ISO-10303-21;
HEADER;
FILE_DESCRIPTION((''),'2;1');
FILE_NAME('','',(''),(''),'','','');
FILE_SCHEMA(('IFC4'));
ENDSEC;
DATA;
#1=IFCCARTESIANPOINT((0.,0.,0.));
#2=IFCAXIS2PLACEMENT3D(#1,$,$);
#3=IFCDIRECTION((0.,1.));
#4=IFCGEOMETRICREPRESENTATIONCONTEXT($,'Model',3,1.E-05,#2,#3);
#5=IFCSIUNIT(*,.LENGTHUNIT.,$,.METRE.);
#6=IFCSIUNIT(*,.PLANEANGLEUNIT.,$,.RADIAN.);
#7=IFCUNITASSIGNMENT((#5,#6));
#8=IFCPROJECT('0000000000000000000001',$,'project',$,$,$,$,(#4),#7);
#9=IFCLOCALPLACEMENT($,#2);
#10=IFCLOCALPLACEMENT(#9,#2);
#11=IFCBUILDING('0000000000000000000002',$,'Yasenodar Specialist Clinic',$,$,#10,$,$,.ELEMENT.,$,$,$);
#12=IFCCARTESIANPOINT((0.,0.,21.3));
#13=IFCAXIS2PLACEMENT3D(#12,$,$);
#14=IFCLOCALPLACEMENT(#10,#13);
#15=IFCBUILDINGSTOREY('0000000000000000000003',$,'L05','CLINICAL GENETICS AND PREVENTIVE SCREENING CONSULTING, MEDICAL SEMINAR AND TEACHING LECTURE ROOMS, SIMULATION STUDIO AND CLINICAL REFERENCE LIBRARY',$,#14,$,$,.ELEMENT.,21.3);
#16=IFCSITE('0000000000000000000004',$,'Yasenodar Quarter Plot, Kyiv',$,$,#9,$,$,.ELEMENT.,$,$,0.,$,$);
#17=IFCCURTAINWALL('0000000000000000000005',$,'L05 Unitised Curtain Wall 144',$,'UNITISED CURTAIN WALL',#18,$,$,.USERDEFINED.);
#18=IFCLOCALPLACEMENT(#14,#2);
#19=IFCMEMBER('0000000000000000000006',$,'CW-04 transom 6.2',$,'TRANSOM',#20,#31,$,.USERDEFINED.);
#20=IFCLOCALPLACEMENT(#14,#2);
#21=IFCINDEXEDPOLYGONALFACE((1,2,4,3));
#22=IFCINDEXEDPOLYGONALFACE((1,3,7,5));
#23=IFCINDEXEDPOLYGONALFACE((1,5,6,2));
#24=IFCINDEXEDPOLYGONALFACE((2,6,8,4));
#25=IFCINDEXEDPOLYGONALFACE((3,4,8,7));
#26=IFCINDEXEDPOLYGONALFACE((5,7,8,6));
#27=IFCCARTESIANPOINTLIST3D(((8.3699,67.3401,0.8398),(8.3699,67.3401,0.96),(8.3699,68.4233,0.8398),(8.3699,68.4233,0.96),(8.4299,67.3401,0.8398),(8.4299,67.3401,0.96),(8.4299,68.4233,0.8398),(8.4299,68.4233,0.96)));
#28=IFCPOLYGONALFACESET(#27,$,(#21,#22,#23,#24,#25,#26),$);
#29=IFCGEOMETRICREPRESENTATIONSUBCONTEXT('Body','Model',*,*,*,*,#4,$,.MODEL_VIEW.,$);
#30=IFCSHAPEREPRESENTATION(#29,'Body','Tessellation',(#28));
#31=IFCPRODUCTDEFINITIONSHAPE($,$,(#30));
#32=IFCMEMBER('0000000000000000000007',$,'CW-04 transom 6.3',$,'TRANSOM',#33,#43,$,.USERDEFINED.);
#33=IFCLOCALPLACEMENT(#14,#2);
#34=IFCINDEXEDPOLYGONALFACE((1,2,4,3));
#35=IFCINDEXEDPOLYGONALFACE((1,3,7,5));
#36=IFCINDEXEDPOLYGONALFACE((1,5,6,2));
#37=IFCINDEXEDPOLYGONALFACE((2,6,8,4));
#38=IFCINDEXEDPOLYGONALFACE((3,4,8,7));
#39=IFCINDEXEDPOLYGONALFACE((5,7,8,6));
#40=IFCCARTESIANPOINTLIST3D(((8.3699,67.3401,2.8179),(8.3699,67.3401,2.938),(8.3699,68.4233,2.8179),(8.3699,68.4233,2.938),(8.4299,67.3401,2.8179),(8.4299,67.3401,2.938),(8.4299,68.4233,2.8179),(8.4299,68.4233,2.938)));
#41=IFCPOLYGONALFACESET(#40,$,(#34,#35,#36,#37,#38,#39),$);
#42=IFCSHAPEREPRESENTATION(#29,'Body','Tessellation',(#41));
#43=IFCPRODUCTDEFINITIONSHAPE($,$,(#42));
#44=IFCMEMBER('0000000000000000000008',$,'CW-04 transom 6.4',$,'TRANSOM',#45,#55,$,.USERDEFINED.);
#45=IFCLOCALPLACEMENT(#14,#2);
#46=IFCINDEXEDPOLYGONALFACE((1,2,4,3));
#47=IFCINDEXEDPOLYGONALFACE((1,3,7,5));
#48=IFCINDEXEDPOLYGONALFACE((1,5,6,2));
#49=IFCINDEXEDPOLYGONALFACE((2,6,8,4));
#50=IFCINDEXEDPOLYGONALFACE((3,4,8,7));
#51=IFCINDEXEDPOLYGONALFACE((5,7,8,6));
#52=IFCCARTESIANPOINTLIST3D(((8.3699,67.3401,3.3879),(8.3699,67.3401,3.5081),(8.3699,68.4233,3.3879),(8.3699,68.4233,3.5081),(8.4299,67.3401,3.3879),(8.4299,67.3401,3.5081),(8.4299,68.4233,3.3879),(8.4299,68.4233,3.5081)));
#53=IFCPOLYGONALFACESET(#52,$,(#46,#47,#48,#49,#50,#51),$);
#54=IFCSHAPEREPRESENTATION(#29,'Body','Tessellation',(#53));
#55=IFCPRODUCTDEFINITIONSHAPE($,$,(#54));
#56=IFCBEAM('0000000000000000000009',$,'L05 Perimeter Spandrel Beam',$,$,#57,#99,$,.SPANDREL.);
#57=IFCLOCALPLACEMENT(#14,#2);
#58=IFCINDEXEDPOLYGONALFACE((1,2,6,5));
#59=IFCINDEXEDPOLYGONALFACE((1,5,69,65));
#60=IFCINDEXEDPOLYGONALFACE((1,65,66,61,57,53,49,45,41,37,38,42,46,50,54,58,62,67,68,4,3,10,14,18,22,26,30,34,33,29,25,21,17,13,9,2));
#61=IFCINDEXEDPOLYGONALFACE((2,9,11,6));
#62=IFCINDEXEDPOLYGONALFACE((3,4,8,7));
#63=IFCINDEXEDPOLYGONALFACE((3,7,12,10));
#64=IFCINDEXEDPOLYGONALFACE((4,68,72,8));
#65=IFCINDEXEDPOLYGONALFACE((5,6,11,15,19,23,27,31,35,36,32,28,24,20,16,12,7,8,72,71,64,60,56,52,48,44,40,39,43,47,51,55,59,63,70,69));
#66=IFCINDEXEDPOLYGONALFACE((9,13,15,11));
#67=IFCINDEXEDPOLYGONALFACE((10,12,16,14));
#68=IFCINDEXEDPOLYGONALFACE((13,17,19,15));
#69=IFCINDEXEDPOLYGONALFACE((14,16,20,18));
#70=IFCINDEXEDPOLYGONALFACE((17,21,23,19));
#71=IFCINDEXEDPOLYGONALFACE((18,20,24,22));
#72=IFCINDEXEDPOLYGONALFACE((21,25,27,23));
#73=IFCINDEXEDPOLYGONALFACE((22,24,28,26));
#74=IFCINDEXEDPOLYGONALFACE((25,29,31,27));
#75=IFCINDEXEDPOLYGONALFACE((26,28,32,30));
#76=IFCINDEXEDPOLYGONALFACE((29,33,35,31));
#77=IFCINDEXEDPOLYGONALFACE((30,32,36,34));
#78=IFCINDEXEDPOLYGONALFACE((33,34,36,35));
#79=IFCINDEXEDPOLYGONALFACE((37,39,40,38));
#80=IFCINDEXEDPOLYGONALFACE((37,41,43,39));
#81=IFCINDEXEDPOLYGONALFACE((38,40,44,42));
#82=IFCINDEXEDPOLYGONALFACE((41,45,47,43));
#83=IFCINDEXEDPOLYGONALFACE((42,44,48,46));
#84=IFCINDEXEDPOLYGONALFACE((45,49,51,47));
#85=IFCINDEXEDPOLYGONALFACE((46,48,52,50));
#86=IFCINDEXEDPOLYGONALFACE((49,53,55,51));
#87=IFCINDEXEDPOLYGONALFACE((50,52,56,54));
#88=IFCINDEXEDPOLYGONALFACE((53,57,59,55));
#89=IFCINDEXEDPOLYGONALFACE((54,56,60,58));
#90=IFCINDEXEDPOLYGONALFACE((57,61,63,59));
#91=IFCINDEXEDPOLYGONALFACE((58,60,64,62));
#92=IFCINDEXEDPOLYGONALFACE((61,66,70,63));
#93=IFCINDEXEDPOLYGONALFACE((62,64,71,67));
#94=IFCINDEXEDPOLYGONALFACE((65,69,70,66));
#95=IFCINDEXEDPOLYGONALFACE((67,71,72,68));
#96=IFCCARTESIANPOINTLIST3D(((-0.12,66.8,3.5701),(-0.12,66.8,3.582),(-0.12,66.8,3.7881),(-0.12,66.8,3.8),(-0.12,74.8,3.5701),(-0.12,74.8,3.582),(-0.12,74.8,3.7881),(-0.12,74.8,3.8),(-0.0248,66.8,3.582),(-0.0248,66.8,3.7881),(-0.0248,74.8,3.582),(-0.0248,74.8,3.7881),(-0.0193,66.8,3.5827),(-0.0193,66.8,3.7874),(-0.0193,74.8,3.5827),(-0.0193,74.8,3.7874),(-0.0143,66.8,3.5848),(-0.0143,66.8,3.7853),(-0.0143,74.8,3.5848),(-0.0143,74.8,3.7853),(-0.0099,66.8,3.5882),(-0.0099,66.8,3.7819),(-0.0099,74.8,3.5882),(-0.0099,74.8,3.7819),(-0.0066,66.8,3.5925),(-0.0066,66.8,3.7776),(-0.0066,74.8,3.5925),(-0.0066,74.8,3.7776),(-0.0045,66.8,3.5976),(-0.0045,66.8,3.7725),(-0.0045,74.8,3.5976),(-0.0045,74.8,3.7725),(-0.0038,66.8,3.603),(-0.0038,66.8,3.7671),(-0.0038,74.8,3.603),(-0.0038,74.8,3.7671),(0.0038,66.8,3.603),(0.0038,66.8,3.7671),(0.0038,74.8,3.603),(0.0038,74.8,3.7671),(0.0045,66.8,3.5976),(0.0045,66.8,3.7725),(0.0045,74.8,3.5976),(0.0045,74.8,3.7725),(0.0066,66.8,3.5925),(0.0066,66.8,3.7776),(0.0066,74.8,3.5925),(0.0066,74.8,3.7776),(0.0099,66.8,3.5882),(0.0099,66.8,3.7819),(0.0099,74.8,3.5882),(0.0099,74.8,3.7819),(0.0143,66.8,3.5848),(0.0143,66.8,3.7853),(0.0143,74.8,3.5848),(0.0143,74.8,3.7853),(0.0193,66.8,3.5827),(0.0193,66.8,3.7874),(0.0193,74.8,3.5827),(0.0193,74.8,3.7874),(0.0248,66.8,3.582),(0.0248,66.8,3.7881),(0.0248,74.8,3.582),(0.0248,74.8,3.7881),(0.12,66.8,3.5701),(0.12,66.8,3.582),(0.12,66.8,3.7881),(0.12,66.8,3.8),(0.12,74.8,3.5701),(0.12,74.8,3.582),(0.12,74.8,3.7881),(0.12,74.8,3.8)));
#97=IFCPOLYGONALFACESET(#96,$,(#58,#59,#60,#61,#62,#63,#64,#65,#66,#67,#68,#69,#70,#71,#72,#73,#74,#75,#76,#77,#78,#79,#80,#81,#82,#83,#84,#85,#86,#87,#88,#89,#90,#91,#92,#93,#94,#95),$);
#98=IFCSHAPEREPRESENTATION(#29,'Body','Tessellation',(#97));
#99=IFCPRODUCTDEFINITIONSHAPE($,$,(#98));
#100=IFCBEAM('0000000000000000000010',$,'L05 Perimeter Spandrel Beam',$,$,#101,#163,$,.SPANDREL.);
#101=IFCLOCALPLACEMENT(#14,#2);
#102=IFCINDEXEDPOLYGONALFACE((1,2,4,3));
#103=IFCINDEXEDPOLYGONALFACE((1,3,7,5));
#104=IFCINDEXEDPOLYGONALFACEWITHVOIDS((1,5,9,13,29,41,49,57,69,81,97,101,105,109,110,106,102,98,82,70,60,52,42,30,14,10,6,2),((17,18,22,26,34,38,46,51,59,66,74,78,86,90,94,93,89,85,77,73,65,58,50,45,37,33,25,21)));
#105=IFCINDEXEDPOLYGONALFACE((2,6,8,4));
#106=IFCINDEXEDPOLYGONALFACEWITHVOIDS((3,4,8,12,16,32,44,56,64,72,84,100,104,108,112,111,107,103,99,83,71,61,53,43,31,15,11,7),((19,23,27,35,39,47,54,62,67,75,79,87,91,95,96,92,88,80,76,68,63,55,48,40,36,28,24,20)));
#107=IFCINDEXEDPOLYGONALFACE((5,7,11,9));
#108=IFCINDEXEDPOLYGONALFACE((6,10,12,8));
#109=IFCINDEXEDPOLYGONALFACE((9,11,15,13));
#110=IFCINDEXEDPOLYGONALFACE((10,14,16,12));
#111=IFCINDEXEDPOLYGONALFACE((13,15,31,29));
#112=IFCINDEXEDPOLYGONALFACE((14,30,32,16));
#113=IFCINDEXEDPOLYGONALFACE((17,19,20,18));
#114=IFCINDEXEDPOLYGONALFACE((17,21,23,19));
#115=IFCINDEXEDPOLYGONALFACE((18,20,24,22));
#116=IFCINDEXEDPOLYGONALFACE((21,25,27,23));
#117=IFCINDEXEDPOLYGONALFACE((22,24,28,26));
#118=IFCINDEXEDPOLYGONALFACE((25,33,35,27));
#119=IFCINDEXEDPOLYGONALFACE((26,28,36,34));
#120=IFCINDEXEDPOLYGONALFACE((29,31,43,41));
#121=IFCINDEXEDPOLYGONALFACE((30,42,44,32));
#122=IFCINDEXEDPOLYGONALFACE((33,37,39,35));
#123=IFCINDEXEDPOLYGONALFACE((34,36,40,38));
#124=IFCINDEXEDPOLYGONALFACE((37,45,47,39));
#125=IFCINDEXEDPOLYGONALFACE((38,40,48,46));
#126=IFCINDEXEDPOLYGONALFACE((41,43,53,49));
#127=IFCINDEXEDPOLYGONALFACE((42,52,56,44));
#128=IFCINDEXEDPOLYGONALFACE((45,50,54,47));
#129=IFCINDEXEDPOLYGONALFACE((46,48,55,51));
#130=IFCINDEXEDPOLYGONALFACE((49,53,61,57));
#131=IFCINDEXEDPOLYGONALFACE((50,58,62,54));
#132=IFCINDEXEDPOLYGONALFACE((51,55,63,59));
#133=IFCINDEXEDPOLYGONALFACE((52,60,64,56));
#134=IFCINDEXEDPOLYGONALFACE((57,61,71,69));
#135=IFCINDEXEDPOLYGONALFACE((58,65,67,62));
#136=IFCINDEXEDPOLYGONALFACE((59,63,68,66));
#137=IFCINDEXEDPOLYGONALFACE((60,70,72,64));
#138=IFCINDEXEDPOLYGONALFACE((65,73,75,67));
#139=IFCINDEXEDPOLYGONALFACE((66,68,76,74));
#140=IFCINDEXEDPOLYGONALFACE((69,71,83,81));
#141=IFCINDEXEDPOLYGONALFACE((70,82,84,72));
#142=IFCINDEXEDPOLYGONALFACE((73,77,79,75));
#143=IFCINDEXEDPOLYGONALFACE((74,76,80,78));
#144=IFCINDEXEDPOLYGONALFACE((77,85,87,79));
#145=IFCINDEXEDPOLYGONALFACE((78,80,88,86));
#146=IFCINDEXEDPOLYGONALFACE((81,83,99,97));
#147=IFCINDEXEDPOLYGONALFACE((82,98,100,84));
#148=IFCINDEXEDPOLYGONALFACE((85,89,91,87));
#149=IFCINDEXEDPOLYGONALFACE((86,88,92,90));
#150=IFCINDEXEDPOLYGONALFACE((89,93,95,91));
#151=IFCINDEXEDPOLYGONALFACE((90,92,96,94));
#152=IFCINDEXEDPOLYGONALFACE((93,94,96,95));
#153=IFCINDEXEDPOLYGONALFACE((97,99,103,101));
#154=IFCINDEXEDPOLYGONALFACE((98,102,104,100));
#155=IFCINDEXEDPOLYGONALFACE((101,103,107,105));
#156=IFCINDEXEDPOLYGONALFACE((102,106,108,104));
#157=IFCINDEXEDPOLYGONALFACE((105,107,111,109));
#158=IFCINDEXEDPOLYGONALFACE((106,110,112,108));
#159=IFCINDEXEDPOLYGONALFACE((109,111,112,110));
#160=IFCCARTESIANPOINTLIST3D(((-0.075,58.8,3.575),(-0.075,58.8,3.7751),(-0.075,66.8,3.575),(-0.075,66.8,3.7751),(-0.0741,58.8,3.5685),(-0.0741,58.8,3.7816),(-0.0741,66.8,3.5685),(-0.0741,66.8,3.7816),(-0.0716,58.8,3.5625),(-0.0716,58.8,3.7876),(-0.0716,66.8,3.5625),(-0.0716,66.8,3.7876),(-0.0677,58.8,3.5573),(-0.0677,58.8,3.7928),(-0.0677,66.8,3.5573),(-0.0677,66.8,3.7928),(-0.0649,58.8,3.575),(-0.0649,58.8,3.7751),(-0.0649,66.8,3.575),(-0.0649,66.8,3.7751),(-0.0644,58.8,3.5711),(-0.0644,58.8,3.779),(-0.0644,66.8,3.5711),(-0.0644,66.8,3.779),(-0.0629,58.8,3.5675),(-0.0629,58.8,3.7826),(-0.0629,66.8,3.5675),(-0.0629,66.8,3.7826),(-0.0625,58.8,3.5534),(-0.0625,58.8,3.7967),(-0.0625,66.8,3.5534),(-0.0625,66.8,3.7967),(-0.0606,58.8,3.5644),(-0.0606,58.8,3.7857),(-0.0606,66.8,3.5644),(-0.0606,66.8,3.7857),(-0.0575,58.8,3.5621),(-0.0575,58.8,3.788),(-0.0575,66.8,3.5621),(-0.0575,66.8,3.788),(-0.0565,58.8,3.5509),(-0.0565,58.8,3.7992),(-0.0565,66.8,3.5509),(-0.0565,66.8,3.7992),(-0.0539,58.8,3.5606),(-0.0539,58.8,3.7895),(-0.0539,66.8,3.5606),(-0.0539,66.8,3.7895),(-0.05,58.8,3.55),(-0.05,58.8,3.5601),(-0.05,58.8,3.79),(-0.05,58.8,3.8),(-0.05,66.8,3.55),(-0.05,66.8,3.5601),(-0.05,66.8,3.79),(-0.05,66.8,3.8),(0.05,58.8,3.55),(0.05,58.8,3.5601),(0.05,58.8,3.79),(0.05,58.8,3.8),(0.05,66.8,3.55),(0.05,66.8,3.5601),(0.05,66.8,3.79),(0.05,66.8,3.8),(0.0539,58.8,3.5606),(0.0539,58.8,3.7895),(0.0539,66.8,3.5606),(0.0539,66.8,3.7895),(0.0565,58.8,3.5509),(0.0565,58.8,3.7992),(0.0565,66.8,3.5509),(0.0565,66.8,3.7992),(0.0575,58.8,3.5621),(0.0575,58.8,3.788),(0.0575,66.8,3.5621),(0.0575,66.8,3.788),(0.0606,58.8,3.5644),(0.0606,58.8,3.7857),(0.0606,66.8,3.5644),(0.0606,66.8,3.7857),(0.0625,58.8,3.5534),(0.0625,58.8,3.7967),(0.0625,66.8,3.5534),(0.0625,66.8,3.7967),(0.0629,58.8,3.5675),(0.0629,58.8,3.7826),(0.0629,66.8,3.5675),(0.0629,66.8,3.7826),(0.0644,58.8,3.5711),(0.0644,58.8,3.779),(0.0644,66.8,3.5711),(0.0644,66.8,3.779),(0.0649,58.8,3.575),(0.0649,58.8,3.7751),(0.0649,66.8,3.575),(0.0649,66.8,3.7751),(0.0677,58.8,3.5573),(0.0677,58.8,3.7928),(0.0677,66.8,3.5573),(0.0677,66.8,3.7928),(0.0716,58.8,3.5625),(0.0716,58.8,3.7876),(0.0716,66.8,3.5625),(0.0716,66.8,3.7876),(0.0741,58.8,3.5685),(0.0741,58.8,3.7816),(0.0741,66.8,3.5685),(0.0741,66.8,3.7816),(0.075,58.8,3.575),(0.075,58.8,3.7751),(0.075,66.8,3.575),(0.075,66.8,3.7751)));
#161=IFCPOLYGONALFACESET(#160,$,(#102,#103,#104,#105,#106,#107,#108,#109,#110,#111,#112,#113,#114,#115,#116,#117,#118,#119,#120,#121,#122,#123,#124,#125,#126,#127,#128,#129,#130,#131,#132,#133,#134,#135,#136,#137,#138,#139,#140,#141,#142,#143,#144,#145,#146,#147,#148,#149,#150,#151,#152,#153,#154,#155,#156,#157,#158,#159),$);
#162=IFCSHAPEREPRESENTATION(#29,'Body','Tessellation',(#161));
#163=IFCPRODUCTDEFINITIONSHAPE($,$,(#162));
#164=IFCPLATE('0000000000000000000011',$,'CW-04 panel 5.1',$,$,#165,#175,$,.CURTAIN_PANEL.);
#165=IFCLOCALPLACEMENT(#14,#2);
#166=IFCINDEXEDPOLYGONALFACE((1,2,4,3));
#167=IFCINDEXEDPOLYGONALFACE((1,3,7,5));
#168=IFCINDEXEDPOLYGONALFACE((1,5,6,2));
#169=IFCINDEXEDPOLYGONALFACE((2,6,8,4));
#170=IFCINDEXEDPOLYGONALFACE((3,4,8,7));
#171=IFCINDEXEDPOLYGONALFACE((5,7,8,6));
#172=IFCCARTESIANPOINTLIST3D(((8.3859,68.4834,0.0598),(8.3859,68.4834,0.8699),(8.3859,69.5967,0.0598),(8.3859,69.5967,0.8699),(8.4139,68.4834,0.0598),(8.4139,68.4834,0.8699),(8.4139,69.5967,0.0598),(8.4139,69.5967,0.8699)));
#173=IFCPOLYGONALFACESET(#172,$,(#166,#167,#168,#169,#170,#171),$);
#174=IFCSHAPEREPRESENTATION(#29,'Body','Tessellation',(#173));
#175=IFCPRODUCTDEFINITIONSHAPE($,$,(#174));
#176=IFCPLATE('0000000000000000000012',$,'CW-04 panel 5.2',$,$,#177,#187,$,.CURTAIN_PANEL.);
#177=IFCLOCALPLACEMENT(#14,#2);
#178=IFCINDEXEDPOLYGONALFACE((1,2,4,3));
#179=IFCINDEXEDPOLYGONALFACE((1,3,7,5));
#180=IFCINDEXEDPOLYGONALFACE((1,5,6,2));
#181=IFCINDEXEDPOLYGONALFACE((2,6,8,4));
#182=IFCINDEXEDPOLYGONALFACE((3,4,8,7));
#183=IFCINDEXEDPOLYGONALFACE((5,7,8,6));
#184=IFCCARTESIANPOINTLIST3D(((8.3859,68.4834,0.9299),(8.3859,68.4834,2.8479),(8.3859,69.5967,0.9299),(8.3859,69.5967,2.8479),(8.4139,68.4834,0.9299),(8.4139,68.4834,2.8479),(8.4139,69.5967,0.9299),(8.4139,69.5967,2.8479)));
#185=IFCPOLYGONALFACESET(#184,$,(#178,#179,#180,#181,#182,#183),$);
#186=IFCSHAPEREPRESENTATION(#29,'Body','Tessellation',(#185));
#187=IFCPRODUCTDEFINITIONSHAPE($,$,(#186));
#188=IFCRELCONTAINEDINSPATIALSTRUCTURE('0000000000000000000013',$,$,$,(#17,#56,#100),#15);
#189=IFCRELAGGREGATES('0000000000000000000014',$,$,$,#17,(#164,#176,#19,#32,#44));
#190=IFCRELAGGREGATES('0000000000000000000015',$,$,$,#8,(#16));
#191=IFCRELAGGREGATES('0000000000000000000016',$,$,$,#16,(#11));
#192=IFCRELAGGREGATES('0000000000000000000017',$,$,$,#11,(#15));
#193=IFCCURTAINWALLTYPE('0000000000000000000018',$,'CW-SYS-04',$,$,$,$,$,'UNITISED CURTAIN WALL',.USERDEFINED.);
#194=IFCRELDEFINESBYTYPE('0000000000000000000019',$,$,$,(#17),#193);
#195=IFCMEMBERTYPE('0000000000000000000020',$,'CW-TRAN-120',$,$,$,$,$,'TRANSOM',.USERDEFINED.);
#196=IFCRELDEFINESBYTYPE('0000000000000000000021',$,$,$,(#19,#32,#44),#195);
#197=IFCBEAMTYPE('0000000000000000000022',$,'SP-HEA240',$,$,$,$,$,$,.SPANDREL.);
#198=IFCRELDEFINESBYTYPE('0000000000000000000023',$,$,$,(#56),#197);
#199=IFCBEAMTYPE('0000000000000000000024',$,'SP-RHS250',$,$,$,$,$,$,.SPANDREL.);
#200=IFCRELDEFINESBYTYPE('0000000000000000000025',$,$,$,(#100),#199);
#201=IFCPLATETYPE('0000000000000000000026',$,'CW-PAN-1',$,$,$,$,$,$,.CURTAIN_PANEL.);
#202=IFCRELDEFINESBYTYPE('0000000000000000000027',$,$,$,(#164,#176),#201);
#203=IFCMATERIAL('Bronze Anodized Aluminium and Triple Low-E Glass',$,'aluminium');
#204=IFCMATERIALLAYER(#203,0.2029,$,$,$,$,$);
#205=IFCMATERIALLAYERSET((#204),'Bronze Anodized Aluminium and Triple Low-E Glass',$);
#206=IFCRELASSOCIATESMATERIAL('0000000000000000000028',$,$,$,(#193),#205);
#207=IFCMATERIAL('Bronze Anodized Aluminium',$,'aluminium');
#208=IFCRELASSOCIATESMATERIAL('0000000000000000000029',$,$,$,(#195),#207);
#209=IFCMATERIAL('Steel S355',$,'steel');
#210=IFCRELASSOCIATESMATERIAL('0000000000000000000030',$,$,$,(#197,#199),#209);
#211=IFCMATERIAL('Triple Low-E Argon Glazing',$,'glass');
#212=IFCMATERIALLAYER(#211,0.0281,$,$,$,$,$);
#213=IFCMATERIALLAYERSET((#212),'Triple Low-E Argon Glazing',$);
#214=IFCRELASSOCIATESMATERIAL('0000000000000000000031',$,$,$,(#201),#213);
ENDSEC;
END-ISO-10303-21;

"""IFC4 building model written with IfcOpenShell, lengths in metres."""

from ifc_helpers import new_model, si_unit, direction, frame, origin, origin_2d, place, context, subcontext, project, spatial, rectangle, hollow_rectangle, i_section, extrude, material, layer, layer_set, material_profile, profile_set, type_object, element, aggregate, save


model = new_model("IFC4")

# Units and contexts
model_context = context("Model", 3, precision=1e-05, world=origin(), true_north=direction((0.0, 1.0)))
body_context = subcontext(model_context, "Body", "Model", "MODEL_VIEW")
ifc_project = project(units=[si_unit("LENGTHUNIT", "METRE"), si_unit("PLANEANGLEUNIT", "RADIAN")], contexts=[model_context])

# Site, building, storey
site_placement = place(None, origin())
site = spatial("IfcSite", under=ifc_project, at=site_placement, Name="Yasenodar Quarter Plot, Kyiv", CompositionType="ELEMENT", RefElevation=0.0)
building_placement = place(site_placement, origin())
building = spatial("IfcBuilding", under=site, at=building_placement, Name="Yasenodar Specialist Clinic", CompositionType="ELEMENT")
storey_placement = place(building_placement, frame((0.0, 0.0, 21.3)))
storey = spatial("IfcBuildingStorey", under=building, at=storey_placement, Name="L05", Description="CLINICAL GENETICS AND PREVENTIVE SCREENING CONSULTING, MEDICAL SEMINAR AND TEACHING LECTURE ROOMS, SIMULATION STUDIO AND CLINICAL REFERENCE LIBRARY", CompositionType="ELEMENT", Elevation=21.3)

# Shared definitions
ifc_material_1 = material(Name="Steel S355", Category="steel")

# Curtain wall, members
ifc_material_2 = material(Name="Bronze Anodized Aluminium and Triple Low-E Glass", Category="aluminium")
ifc_layer_1 = layer(ifc_material_2, 0.2029)
ifc_layer_set_1 = layer_set([ifc_layer_1], Name="Bronze Anodized Aluminium and Triple Low-E Glass")
curtain_wall_type = type_object("IfcCurtainWallType", Name="CW-SYS-04", ElementType="UNITISED CURTAIN WALL", PredefinedType="USERDEFINED", material=ifc_layer_set_1)
curtain_wall_placement = place(storey_placement, origin())
curtain_wall = element("IfcCurtainWall", 1, at=curtain_wall_placement, inside=storey, type_object=curtain_wall_type, Name="L05 Unitised Curtain Wall 144", ObjectType="UNITISED CURTAIN WALL", PredefinedType="USERDEFINED")
ifc_material_3 = material(Name="Bronze Anodized Aluminium", Category="aluminium")
ifc_material_profile_1 = material_profile(ifc_material_3, rectangle(XDim=0.0601, YDim=0.1201, at=origin_2d()), Name="CW-TRAN 60x120")
ifc_profile_set_1 = profile_set([ifc_material_profile_1], Name="Bronze Anodized Aluminium")
member_type_1 = type_object("IfcMemberType", Name="CW-TRAN-120", ElementType="TRANSOM", PredefinedType="USERDEFINED", material=ifc_profile_set_1)
member_1_placement = place(storey_placement, frame((8.3999, 68.4233, 0.8999), z_axis=(0.0, -1.0, 0.0), x_axis=(1.0, 0.0, 0.0)))
member_1 = element("IfcMember", 2, at=member_1_placement, type_object=member_type_1, Name="CW-04 transom 6.2", ObjectType="TRANSOM", PredefinedType="USERDEFINED", context=body_context, shape_type="SweptSolid", body=[
    extrude(rectangle(XDim=0.0601, YDim=0.1201, at=origin_2d()), origin(), (0.0, 0.0, 1.0), 1.0833),
])
member_2_placement = place(storey_placement, frame((8.3999, 68.4233, 2.8779), z_axis=(0.0, -1.0, 0.0), x_axis=(1.0, 0.0, 0.0)))
member_2 = element("IfcMember", 3, at=member_2_placement, type_object=member_type_1, Name="CW-04 transom 6.3", ObjectType="TRANSOM", PredefinedType="USERDEFINED", context=body_context, shape_type="SweptSolid", body=[
    extrude(rectangle(XDim=0.0601, YDim=0.1201, at=origin_2d()), origin(), (0.0, 0.0, 1.0), 1.0833),
])
member_3_placement = place(storey_placement, frame((8.3999, 68.4233, 3.448), z_axis=(0.0, -1.0, 0.0), x_axis=(1.0, 0.0, 0.0)))
member_3 = element("IfcMember", 4, at=member_3_placement, type_object=member_type_1, Name="CW-04 transom 6.4", ObjectType="TRANSOM", PredefinedType="USERDEFINED", context=body_context, shape_type="SweptSolid", body=[
    extrude(rectangle(XDim=0.0601, YDim=0.1201, at=origin_2d()), origin(), (0.0, 0.0, 1.0), 1.0833),
])

# Beams
ifc_material_profile_2 = material_profile(ifc_material_1, i_section(OverallWidth=0.24, OverallDepth=0.23, WebThickness=0.0076, FlangeThickness=0.012, FilletRadius=0.021, at=origin_2d()), Name="HEA 240")
ifc_profile_set_2 = profile_set([ifc_material_profile_2], Name="Steel S355")
beam_type_1 = type_object("IfcBeamType", Name="SP-HEA240", PredefinedType="SPANDREL", material=ifc_profile_set_2)
beam_1_placement = place(storey_placement, frame((0.0, 66.8, 3.6851), z_axis=(0.0, 1.0, 0.0), x_axis=(-1.0, 0.0, 0.0)))
element("IfcBeam", 5, at=beam_1_placement, inside=storey, type_object=beam_type_1, Name="L05 Perimeter Spandrel Beam", PredefinedType="SPANDREL", context=body_context, shape_type="SweptSolid", body=[
    extrude(i_section(OverallWidth=0.24, OverallDepth=0.23, WebThickness=0.0076, FlangeThickness=0.012, FilletRadius=0.021, at=origin_2d()), origin(), (0.0, 0.0, 1.0), 8.0),
])
ifc_material_profile_3 = material_profile(ifc_material_1, hollow_rectangle(XDim=0.1499, YDim=0.25, WallThickness=0.01, InnerFilletRadius=0.0149, OuterFilletRadius=0.0249, at=origin_2d()), Name="RHS 250x150x10")
ifc_profile_set_3 = profile_set([ifc_material_profile_3], Name="Steel S355")
beam_type_2 = type_object("IfcBeamType", Name="SP-RHS250", PredefinedType="SPANDREL", material=ifc_profile_set_3)
beam_2_placement = place(storey_placement, frame((0.0, 58.8, 3.675), z_axis=(0.0, 1.0, 0.0), x_axis=(-1.0, 0.0, 0.0)))
element("IfcBeam", 6, at=beam_2_placement, inside=storey, type_object=beam_type_2, Name="L05 Perimeter Spandrel Beam", PredefinedType="SPANDREL", context=body_context, shape_type="SweptSolid", body=[
    extrude(hollow_rectangle(XDim=0.1499, YDim=0.25, WallThickness=0.01, InnerFilletRadius=0.0149, OuterFilletRadius=0.0249, at=origin_2d()), origin(), (0.0, 0.0, 1.0), 8.0),
])

# Plates
ifc_material_4 = material(Name="Triple Low-E Argon Glazing", Category="glass")
ifc_layer_2 = layer(ifc_material_4, 0.0281)
ifc_layer_set_2 = layer_set([ifc_layer_2], Name="Triple Low-E Argon Glazing")
plate_type_1 = type_object("IfcPlateType", Name="CW-PAN-1", PredefinedType="CURTAIN_PANEL", material=ifc_layer_set_2)
plate_1_placement = place(storey_placement, frame((8.3999, 69.04, 0.0598), z_axis=(0.0, 0.0, 1.0), x_axis=(0.0, -1.0, 0.0)))
plate_1 = element("IfcPlate", 7, at=plate_1_placement, type_object=plate_type_1, Name="CW-04 panel 5.1", PredefinedType="CURTAIN_PANEL", context=body_context, shape_type="SweptSolid", body=[
    extrude(rectangle(XDim=1.1133, YDim=0.0281, at=origin_2d()), origin(), (0.0, 0.0, 1.0), 0.8101),
])
plate_2_placement = place(storey_placement, frame((8.3999, 69.04, 0.9299), z_axis=(0.0, 0.0, 1.0), x_axis=(0.0, -1.0, 0.0)))
plate_2 = element("IfcPlate", 8, at=plate_2_placement, type_object=plate_type_1, Name="CW-04 panel 5.2", PredefinedType="CURTAIN_PANEL", context=body_context, shape_type="SweptSolid", body=[
    extrude(rectangle(XDim=1.1133, YDim=0.0281, at=origin_2d()), origin(), (0.0, 0.0, 1.0), 1.918),
])
aggregate(curtain_wall, [plate_1, plate_2, member_1, member_2, member_3])

save(model, "model.ifc")
